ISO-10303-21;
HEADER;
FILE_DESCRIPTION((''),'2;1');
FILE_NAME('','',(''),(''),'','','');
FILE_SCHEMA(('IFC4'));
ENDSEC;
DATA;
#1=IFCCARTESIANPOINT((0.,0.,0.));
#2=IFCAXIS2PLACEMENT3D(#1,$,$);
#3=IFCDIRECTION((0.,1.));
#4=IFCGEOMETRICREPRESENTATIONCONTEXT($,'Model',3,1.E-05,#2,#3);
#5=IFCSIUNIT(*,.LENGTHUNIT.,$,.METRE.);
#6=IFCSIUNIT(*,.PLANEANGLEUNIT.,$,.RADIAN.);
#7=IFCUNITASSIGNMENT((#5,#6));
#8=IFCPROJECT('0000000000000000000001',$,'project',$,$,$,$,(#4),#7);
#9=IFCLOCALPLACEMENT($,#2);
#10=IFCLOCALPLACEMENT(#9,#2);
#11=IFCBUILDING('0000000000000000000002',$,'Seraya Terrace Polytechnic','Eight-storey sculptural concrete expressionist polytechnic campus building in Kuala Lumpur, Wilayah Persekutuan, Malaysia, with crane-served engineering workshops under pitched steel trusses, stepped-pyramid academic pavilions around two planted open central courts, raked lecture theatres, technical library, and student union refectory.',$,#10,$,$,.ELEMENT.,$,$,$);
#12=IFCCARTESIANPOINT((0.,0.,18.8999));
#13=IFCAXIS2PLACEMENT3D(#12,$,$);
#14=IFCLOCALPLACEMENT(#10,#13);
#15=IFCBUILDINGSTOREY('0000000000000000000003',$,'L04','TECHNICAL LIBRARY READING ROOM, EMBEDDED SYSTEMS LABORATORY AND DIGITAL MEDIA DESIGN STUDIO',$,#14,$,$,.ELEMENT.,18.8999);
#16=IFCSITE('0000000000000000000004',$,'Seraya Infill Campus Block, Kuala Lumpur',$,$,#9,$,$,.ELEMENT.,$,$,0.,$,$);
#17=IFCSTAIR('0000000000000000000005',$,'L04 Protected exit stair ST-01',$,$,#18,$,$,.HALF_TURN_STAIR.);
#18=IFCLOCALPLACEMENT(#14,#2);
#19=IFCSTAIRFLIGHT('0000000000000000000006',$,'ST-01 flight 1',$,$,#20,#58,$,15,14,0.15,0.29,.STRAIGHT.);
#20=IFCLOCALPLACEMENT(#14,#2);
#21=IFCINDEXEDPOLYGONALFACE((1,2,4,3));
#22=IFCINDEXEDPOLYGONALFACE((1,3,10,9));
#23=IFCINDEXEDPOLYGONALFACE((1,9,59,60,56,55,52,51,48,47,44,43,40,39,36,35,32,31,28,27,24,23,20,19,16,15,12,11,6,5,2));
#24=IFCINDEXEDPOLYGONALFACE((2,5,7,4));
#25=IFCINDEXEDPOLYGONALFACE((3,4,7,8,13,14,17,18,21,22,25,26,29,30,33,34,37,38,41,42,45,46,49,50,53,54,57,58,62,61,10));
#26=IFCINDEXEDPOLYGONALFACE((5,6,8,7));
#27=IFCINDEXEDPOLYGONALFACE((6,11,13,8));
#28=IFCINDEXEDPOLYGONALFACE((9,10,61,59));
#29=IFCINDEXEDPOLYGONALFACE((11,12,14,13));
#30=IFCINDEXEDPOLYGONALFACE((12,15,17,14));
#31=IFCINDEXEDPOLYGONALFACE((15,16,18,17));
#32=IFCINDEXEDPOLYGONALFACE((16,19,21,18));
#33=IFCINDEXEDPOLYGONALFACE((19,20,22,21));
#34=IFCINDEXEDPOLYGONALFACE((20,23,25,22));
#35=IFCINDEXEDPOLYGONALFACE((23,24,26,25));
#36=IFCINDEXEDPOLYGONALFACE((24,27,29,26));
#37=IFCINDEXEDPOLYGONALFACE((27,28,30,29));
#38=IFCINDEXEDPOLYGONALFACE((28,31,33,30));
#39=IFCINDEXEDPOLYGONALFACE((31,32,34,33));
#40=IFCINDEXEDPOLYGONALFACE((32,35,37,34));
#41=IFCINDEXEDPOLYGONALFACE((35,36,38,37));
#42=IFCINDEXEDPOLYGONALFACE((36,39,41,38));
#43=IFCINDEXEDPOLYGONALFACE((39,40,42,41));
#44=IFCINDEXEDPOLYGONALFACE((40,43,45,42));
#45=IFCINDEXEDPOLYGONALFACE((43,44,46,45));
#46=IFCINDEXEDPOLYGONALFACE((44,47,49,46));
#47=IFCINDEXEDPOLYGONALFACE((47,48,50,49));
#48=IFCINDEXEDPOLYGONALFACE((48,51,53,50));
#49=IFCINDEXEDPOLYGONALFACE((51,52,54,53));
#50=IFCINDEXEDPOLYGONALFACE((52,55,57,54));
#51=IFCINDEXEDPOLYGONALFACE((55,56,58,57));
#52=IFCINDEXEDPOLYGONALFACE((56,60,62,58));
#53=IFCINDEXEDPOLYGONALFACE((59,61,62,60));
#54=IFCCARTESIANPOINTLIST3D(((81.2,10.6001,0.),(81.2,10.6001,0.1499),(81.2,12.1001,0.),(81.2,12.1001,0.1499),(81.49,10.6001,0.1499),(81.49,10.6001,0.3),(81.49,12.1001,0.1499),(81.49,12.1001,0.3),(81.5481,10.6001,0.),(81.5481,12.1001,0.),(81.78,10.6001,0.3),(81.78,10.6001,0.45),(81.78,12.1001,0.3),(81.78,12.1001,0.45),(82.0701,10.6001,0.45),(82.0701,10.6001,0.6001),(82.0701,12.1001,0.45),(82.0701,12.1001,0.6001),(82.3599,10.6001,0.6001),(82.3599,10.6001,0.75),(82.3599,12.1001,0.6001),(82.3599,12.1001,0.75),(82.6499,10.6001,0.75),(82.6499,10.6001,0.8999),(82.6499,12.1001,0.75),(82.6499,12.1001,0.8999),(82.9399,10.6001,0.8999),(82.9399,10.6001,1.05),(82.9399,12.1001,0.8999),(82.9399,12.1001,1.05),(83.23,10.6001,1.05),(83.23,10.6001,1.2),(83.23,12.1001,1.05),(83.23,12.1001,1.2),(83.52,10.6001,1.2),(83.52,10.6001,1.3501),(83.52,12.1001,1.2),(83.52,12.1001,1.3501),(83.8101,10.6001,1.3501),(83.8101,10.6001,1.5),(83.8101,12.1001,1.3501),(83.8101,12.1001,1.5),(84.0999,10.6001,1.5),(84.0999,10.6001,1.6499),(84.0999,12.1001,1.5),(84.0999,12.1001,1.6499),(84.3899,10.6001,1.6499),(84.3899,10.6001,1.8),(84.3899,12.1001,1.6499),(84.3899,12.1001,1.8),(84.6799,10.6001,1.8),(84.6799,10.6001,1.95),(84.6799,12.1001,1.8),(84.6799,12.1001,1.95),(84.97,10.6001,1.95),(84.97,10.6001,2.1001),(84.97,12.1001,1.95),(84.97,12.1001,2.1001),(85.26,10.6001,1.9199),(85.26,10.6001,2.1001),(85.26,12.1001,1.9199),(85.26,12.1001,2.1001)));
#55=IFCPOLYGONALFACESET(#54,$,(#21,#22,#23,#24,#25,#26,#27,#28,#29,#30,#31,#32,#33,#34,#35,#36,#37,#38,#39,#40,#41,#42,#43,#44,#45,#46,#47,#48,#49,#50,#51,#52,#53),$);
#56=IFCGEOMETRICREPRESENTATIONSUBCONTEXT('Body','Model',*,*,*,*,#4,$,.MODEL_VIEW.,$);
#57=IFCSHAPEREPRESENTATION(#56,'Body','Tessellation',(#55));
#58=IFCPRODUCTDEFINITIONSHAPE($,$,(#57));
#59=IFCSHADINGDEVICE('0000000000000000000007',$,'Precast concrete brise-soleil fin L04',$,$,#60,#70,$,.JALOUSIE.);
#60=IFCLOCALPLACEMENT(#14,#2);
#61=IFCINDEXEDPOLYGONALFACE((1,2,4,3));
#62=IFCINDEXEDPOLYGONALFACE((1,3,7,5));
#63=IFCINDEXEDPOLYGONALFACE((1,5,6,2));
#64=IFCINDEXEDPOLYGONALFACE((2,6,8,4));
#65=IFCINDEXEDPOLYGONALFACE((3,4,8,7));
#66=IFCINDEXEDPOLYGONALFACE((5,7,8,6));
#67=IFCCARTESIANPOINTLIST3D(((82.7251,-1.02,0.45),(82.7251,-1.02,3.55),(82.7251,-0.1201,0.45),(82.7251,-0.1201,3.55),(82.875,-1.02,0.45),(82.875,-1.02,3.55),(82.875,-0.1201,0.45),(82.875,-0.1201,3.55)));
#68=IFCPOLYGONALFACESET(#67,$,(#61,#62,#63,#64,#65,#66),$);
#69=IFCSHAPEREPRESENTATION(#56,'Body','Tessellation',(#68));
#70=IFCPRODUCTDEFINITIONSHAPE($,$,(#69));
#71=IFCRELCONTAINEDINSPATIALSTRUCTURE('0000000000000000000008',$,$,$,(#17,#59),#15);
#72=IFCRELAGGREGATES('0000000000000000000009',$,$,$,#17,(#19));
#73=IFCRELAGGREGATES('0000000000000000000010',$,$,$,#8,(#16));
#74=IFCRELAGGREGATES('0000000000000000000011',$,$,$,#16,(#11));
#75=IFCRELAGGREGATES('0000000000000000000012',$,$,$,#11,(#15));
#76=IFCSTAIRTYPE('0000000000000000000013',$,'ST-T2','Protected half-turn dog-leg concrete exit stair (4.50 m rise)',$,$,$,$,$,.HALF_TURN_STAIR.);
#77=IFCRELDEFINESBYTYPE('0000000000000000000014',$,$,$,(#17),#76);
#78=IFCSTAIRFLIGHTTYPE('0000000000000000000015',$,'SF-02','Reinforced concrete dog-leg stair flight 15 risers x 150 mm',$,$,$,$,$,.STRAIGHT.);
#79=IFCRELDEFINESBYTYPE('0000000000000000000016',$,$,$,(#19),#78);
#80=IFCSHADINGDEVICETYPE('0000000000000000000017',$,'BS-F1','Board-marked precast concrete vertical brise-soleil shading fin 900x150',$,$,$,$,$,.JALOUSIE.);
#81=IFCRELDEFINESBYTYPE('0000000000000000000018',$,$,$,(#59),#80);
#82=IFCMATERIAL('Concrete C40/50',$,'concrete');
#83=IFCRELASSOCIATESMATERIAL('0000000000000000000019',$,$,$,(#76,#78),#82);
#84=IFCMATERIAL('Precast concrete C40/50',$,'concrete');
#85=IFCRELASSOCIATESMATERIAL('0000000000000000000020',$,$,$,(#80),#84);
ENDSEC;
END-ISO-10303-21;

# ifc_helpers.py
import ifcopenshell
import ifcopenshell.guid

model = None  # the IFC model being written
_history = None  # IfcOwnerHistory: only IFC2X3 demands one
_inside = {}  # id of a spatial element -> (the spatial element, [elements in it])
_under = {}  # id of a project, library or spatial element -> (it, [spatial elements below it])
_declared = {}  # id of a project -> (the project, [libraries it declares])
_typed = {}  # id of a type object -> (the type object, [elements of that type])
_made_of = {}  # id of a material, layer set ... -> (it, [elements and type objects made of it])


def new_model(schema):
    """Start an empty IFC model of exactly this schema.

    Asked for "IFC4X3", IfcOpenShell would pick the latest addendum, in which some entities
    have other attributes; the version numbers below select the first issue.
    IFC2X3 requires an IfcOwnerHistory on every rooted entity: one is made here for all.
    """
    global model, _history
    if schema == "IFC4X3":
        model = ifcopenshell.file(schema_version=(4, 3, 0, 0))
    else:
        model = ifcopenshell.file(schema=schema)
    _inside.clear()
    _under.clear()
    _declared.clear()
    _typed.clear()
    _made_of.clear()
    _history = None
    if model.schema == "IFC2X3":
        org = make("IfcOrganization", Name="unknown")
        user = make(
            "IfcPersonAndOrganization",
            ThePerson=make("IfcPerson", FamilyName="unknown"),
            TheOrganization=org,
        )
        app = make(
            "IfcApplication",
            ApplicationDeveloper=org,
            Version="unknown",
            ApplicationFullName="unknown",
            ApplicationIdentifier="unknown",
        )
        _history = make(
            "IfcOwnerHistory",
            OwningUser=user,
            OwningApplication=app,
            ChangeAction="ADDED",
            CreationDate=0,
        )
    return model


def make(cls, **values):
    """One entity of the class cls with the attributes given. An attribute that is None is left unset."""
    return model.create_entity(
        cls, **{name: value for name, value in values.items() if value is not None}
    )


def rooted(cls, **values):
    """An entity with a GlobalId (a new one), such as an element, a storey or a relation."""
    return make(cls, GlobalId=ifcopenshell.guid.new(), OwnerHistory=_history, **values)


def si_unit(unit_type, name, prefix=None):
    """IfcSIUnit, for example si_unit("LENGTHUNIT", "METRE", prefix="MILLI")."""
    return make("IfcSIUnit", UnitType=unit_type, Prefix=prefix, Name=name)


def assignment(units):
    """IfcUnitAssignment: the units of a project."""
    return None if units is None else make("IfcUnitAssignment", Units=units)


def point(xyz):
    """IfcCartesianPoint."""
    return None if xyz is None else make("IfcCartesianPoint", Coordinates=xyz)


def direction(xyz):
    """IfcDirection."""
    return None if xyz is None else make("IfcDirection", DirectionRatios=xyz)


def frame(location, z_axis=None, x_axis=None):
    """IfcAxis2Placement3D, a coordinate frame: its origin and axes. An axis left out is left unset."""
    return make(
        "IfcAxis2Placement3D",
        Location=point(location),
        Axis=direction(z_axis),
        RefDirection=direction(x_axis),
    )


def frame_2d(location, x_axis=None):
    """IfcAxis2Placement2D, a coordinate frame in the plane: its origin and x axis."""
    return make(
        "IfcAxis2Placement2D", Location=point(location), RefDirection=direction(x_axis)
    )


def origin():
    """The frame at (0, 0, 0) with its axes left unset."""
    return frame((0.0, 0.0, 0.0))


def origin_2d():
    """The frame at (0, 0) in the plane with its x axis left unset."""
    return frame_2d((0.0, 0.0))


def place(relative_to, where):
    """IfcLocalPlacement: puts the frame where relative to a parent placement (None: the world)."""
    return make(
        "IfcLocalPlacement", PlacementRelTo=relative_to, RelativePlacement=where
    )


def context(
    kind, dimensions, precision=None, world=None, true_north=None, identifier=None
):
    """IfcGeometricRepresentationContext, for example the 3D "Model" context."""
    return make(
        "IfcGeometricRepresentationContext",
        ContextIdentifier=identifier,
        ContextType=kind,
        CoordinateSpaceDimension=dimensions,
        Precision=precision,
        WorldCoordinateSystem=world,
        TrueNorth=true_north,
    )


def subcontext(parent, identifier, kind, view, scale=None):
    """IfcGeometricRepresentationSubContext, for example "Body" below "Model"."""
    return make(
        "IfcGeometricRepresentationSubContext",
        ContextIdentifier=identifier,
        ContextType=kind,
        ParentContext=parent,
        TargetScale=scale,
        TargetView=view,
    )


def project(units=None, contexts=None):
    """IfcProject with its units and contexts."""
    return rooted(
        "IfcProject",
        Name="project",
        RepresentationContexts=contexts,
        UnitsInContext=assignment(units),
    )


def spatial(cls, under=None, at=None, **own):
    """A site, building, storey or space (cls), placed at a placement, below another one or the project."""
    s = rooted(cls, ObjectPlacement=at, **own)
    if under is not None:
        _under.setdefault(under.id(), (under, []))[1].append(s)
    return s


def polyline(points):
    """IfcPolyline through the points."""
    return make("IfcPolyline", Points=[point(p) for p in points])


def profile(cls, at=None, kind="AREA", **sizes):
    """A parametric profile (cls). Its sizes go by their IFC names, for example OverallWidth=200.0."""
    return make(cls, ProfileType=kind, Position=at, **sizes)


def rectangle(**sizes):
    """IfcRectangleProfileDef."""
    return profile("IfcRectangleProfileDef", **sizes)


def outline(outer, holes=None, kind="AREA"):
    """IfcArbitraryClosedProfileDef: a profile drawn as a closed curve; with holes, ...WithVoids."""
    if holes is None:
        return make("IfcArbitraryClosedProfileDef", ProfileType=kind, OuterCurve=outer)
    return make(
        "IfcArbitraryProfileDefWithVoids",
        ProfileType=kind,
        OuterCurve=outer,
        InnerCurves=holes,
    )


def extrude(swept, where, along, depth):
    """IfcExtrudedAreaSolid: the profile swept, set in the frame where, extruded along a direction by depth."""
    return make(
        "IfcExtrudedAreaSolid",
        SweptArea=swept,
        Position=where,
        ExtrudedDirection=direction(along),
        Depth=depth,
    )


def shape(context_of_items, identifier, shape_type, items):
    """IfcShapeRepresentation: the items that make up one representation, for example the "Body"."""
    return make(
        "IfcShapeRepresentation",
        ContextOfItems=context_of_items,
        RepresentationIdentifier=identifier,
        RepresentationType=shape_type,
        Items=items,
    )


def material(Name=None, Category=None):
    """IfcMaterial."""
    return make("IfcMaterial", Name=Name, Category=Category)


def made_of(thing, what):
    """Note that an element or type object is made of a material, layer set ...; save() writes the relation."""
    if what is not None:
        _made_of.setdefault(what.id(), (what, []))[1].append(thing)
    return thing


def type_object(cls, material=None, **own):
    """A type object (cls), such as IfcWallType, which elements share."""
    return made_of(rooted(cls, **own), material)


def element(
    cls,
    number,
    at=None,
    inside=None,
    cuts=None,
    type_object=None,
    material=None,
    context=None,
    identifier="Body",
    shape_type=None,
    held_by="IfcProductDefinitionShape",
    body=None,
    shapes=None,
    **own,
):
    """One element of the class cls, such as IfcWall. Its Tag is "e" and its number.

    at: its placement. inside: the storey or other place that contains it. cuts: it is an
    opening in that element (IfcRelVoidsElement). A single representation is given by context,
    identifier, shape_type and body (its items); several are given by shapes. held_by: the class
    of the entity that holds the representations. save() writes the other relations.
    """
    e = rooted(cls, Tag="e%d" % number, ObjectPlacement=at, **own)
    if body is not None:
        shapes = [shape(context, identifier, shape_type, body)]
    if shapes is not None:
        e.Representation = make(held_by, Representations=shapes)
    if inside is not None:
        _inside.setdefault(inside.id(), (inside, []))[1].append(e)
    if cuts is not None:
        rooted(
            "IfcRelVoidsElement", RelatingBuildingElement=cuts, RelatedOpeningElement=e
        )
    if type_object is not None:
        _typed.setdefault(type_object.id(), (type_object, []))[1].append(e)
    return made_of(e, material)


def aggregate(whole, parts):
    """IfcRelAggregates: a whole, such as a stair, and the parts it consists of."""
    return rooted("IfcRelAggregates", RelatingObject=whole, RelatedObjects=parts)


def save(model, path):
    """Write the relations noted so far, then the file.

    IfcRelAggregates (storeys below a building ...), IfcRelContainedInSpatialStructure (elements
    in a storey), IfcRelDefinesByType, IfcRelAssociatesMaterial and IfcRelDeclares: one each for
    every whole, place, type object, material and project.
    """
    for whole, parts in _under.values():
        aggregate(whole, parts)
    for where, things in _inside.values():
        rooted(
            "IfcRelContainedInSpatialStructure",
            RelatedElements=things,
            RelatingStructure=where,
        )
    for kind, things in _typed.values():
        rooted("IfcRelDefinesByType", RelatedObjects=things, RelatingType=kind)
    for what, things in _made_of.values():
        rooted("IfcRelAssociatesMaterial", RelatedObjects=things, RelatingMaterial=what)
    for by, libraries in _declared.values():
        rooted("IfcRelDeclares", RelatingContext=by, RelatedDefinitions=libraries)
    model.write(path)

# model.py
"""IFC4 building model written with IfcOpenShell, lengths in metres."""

from ifc_helpers import new_model, si_unit, direction, frame, origin, origin_2d, place, context, subcontext, project, spatial, polyline, rectangle, outline, extrude, material, type_object, element, aggregate, save


model = new_model("IFC4")

# Units and contexts
model_context = context("Model", 3, precision=1e-05, world=origin(), true_north=direction((0.0, 1.0)))
body_context = subcontext(model_context, "Body", "Model", "MODEL_VIEW")
ifc_project = project(units=[si_unit("LENGTHUNIT", "METRE"), si_unit("PLANEANGLEUNIT", "RADIAN")], contexts=[model_context])

# Site, building, storey
site_placement = place(None, origin())
site = spatial("IfcSite", under=ifc_project, at=site_placement, Name="Seraya Infill Campus Block, Kuala Lumpur", CompositionType="ELEMENT", RefElevation=0.0)
building_placement = place(site_placement, origin())
building = spatial("IfcBuilding", under=site, at=building_placement, Name="Seraya Terrace Polytechnic", Description="Eight-storey sculptural concrete expressionist polytechnic campus building in Kuala Lumpur, Wilayah Persekutuan, Malaysia, with crane-served engineering workshops under pitched steel trusses, stepped-pyramid academic pavilions around two planted open central courts, raked lecture theatres, technical library, and student union refectory.", CompositionType="ELEMENT")
storey_placement = place(building_placement, frame((0.0, 0.0, 18.8999)))
storey = spatial("IfcBuildingStorey", under=building, at=storey_placement, Name="L04", Description="TECHNICAL LIBRARY READING ROOM, EMBEDDED SYSTEMS LABORATORY AND DIGITAL MEDIA DESIGN STUDIO", CompositionType="ELEMENT", Elevation=18.8999)

# Shared definitions
ifc_material_1 = material(Name="Concrete C40/50", Category="concrete")

# Shared definitions
ifc_material_2 = material(Name="Precast concrete C40/50", Category="concrete")

# Stair, stair flight
stair_type = type_object("IfcStairType", Name="ST-T2", Description="Protected half-turn dog-leg concrete exit stair (4.50 m rise)", PredefinedType="HALF_TURN_STAIR", material=ifc_material_1)
stair_placement = place(storey_placement, origin())
stair = element("IfcStair", 1, at=stair_placement, inside=storey, type_object=stair_type, Name="L04 Protected exit stair ST-01", PredefinedType="HALF_TURN_STAIR")
stair_flight_type = type_object("IfcStairFlightType", Name="SF-02", Description="Reinforced concrete dog-leg stair flight 15 risers x 150 mm", PredefinedType="STRAIGHT", material=ifc_material_1)
stair_flight_placement = place(storey_placement, frame((81.2, 11.3501, 0.0), z_axis=(0.0, 0.0, 1.0), x_axis=(1.0, 0.0, 0.0)))
stair_flight = element("IfcStairFlight", 2, at=stair_flight_placement, type_object=stair_flight_type, Name="ST-01 flight 1", NumberOfRisers=15, NumberOfTreads=14, PredefinedType="STRAIGHT", RiserHeight=0.15, TreadLength=0.29, context=body_context, shape_type="SweptSolid", body=[
    extrude(outline(polyline([(0.0, 0.0), (0.0, 0.1499), (0.29, 0.1499), (0.29, 0.3), (0.5801, 0.3), (0.5801, 0.45), (0.8701, 0.45), (0.8701, 0.6001), (1.1599, 0.6001), (1.1599, 0.75), (1.45, 0.75), (1.45, 0.8999), (1.74, 0.8999), (1.74, 1.05), (2.03, 1.05), (2.03, 1.2), (2.3201, 1.2), (2.3201, 1.3501), (2.6101, 1.3501), (2.6101, 1.5), (2.8999, 1.5), (2.8999, 1.6499), (3.1899, 1.6499), (3.1899, 1.8), (3.48, 1.8), (3.48, 1.95), (3.77, 1.95), (3.77, 2.1001), (4.0601, 2.1001), (4.0601, 2.25), (4.0601, 1.9199), (0.3481, 0.0), (0.0, 0.0)])), frame((0.0, 0.75, 0.0), z_axis=(0.0, -1.0, 0.0), x_axis=(1.0, 0.0, 0.0)), (0.0, 0.0, 1.0), 1.5),
])
aggregate(stair, [stair_flight])

# Shading device
shading_device_type = type_object("IfcShadingDeviceType", Name="BS-F1", Description="Board-marked precast concrete vertical brise-soleil shading fin 900x150", PredefinedType="JALOUSIE", material=ifc_material_2)
shading_device_placement = place(storey_placement, frame((82.8, -0.5701, 0.45), z_axis=(0.0, 0.0, 1.0), x_axis=(0.0, -1.0, 0.0)))
element("IfcShadingDevice", 3, at=shading_device_placement, inside=storey, type_object=shading_device_type, Name="Precast concrete brise-soleil fin L04", PredefinedType="JALOUSIE", context=body_context, shape_type="SweptSolid", body=[
    extrude(rectangle(XDim=0.8999, YDim=0.1499, at=origin_2d()), origin(), (0.0, 0.0, 1.0), 3.1001),
])

save(model, "model.ifc")
